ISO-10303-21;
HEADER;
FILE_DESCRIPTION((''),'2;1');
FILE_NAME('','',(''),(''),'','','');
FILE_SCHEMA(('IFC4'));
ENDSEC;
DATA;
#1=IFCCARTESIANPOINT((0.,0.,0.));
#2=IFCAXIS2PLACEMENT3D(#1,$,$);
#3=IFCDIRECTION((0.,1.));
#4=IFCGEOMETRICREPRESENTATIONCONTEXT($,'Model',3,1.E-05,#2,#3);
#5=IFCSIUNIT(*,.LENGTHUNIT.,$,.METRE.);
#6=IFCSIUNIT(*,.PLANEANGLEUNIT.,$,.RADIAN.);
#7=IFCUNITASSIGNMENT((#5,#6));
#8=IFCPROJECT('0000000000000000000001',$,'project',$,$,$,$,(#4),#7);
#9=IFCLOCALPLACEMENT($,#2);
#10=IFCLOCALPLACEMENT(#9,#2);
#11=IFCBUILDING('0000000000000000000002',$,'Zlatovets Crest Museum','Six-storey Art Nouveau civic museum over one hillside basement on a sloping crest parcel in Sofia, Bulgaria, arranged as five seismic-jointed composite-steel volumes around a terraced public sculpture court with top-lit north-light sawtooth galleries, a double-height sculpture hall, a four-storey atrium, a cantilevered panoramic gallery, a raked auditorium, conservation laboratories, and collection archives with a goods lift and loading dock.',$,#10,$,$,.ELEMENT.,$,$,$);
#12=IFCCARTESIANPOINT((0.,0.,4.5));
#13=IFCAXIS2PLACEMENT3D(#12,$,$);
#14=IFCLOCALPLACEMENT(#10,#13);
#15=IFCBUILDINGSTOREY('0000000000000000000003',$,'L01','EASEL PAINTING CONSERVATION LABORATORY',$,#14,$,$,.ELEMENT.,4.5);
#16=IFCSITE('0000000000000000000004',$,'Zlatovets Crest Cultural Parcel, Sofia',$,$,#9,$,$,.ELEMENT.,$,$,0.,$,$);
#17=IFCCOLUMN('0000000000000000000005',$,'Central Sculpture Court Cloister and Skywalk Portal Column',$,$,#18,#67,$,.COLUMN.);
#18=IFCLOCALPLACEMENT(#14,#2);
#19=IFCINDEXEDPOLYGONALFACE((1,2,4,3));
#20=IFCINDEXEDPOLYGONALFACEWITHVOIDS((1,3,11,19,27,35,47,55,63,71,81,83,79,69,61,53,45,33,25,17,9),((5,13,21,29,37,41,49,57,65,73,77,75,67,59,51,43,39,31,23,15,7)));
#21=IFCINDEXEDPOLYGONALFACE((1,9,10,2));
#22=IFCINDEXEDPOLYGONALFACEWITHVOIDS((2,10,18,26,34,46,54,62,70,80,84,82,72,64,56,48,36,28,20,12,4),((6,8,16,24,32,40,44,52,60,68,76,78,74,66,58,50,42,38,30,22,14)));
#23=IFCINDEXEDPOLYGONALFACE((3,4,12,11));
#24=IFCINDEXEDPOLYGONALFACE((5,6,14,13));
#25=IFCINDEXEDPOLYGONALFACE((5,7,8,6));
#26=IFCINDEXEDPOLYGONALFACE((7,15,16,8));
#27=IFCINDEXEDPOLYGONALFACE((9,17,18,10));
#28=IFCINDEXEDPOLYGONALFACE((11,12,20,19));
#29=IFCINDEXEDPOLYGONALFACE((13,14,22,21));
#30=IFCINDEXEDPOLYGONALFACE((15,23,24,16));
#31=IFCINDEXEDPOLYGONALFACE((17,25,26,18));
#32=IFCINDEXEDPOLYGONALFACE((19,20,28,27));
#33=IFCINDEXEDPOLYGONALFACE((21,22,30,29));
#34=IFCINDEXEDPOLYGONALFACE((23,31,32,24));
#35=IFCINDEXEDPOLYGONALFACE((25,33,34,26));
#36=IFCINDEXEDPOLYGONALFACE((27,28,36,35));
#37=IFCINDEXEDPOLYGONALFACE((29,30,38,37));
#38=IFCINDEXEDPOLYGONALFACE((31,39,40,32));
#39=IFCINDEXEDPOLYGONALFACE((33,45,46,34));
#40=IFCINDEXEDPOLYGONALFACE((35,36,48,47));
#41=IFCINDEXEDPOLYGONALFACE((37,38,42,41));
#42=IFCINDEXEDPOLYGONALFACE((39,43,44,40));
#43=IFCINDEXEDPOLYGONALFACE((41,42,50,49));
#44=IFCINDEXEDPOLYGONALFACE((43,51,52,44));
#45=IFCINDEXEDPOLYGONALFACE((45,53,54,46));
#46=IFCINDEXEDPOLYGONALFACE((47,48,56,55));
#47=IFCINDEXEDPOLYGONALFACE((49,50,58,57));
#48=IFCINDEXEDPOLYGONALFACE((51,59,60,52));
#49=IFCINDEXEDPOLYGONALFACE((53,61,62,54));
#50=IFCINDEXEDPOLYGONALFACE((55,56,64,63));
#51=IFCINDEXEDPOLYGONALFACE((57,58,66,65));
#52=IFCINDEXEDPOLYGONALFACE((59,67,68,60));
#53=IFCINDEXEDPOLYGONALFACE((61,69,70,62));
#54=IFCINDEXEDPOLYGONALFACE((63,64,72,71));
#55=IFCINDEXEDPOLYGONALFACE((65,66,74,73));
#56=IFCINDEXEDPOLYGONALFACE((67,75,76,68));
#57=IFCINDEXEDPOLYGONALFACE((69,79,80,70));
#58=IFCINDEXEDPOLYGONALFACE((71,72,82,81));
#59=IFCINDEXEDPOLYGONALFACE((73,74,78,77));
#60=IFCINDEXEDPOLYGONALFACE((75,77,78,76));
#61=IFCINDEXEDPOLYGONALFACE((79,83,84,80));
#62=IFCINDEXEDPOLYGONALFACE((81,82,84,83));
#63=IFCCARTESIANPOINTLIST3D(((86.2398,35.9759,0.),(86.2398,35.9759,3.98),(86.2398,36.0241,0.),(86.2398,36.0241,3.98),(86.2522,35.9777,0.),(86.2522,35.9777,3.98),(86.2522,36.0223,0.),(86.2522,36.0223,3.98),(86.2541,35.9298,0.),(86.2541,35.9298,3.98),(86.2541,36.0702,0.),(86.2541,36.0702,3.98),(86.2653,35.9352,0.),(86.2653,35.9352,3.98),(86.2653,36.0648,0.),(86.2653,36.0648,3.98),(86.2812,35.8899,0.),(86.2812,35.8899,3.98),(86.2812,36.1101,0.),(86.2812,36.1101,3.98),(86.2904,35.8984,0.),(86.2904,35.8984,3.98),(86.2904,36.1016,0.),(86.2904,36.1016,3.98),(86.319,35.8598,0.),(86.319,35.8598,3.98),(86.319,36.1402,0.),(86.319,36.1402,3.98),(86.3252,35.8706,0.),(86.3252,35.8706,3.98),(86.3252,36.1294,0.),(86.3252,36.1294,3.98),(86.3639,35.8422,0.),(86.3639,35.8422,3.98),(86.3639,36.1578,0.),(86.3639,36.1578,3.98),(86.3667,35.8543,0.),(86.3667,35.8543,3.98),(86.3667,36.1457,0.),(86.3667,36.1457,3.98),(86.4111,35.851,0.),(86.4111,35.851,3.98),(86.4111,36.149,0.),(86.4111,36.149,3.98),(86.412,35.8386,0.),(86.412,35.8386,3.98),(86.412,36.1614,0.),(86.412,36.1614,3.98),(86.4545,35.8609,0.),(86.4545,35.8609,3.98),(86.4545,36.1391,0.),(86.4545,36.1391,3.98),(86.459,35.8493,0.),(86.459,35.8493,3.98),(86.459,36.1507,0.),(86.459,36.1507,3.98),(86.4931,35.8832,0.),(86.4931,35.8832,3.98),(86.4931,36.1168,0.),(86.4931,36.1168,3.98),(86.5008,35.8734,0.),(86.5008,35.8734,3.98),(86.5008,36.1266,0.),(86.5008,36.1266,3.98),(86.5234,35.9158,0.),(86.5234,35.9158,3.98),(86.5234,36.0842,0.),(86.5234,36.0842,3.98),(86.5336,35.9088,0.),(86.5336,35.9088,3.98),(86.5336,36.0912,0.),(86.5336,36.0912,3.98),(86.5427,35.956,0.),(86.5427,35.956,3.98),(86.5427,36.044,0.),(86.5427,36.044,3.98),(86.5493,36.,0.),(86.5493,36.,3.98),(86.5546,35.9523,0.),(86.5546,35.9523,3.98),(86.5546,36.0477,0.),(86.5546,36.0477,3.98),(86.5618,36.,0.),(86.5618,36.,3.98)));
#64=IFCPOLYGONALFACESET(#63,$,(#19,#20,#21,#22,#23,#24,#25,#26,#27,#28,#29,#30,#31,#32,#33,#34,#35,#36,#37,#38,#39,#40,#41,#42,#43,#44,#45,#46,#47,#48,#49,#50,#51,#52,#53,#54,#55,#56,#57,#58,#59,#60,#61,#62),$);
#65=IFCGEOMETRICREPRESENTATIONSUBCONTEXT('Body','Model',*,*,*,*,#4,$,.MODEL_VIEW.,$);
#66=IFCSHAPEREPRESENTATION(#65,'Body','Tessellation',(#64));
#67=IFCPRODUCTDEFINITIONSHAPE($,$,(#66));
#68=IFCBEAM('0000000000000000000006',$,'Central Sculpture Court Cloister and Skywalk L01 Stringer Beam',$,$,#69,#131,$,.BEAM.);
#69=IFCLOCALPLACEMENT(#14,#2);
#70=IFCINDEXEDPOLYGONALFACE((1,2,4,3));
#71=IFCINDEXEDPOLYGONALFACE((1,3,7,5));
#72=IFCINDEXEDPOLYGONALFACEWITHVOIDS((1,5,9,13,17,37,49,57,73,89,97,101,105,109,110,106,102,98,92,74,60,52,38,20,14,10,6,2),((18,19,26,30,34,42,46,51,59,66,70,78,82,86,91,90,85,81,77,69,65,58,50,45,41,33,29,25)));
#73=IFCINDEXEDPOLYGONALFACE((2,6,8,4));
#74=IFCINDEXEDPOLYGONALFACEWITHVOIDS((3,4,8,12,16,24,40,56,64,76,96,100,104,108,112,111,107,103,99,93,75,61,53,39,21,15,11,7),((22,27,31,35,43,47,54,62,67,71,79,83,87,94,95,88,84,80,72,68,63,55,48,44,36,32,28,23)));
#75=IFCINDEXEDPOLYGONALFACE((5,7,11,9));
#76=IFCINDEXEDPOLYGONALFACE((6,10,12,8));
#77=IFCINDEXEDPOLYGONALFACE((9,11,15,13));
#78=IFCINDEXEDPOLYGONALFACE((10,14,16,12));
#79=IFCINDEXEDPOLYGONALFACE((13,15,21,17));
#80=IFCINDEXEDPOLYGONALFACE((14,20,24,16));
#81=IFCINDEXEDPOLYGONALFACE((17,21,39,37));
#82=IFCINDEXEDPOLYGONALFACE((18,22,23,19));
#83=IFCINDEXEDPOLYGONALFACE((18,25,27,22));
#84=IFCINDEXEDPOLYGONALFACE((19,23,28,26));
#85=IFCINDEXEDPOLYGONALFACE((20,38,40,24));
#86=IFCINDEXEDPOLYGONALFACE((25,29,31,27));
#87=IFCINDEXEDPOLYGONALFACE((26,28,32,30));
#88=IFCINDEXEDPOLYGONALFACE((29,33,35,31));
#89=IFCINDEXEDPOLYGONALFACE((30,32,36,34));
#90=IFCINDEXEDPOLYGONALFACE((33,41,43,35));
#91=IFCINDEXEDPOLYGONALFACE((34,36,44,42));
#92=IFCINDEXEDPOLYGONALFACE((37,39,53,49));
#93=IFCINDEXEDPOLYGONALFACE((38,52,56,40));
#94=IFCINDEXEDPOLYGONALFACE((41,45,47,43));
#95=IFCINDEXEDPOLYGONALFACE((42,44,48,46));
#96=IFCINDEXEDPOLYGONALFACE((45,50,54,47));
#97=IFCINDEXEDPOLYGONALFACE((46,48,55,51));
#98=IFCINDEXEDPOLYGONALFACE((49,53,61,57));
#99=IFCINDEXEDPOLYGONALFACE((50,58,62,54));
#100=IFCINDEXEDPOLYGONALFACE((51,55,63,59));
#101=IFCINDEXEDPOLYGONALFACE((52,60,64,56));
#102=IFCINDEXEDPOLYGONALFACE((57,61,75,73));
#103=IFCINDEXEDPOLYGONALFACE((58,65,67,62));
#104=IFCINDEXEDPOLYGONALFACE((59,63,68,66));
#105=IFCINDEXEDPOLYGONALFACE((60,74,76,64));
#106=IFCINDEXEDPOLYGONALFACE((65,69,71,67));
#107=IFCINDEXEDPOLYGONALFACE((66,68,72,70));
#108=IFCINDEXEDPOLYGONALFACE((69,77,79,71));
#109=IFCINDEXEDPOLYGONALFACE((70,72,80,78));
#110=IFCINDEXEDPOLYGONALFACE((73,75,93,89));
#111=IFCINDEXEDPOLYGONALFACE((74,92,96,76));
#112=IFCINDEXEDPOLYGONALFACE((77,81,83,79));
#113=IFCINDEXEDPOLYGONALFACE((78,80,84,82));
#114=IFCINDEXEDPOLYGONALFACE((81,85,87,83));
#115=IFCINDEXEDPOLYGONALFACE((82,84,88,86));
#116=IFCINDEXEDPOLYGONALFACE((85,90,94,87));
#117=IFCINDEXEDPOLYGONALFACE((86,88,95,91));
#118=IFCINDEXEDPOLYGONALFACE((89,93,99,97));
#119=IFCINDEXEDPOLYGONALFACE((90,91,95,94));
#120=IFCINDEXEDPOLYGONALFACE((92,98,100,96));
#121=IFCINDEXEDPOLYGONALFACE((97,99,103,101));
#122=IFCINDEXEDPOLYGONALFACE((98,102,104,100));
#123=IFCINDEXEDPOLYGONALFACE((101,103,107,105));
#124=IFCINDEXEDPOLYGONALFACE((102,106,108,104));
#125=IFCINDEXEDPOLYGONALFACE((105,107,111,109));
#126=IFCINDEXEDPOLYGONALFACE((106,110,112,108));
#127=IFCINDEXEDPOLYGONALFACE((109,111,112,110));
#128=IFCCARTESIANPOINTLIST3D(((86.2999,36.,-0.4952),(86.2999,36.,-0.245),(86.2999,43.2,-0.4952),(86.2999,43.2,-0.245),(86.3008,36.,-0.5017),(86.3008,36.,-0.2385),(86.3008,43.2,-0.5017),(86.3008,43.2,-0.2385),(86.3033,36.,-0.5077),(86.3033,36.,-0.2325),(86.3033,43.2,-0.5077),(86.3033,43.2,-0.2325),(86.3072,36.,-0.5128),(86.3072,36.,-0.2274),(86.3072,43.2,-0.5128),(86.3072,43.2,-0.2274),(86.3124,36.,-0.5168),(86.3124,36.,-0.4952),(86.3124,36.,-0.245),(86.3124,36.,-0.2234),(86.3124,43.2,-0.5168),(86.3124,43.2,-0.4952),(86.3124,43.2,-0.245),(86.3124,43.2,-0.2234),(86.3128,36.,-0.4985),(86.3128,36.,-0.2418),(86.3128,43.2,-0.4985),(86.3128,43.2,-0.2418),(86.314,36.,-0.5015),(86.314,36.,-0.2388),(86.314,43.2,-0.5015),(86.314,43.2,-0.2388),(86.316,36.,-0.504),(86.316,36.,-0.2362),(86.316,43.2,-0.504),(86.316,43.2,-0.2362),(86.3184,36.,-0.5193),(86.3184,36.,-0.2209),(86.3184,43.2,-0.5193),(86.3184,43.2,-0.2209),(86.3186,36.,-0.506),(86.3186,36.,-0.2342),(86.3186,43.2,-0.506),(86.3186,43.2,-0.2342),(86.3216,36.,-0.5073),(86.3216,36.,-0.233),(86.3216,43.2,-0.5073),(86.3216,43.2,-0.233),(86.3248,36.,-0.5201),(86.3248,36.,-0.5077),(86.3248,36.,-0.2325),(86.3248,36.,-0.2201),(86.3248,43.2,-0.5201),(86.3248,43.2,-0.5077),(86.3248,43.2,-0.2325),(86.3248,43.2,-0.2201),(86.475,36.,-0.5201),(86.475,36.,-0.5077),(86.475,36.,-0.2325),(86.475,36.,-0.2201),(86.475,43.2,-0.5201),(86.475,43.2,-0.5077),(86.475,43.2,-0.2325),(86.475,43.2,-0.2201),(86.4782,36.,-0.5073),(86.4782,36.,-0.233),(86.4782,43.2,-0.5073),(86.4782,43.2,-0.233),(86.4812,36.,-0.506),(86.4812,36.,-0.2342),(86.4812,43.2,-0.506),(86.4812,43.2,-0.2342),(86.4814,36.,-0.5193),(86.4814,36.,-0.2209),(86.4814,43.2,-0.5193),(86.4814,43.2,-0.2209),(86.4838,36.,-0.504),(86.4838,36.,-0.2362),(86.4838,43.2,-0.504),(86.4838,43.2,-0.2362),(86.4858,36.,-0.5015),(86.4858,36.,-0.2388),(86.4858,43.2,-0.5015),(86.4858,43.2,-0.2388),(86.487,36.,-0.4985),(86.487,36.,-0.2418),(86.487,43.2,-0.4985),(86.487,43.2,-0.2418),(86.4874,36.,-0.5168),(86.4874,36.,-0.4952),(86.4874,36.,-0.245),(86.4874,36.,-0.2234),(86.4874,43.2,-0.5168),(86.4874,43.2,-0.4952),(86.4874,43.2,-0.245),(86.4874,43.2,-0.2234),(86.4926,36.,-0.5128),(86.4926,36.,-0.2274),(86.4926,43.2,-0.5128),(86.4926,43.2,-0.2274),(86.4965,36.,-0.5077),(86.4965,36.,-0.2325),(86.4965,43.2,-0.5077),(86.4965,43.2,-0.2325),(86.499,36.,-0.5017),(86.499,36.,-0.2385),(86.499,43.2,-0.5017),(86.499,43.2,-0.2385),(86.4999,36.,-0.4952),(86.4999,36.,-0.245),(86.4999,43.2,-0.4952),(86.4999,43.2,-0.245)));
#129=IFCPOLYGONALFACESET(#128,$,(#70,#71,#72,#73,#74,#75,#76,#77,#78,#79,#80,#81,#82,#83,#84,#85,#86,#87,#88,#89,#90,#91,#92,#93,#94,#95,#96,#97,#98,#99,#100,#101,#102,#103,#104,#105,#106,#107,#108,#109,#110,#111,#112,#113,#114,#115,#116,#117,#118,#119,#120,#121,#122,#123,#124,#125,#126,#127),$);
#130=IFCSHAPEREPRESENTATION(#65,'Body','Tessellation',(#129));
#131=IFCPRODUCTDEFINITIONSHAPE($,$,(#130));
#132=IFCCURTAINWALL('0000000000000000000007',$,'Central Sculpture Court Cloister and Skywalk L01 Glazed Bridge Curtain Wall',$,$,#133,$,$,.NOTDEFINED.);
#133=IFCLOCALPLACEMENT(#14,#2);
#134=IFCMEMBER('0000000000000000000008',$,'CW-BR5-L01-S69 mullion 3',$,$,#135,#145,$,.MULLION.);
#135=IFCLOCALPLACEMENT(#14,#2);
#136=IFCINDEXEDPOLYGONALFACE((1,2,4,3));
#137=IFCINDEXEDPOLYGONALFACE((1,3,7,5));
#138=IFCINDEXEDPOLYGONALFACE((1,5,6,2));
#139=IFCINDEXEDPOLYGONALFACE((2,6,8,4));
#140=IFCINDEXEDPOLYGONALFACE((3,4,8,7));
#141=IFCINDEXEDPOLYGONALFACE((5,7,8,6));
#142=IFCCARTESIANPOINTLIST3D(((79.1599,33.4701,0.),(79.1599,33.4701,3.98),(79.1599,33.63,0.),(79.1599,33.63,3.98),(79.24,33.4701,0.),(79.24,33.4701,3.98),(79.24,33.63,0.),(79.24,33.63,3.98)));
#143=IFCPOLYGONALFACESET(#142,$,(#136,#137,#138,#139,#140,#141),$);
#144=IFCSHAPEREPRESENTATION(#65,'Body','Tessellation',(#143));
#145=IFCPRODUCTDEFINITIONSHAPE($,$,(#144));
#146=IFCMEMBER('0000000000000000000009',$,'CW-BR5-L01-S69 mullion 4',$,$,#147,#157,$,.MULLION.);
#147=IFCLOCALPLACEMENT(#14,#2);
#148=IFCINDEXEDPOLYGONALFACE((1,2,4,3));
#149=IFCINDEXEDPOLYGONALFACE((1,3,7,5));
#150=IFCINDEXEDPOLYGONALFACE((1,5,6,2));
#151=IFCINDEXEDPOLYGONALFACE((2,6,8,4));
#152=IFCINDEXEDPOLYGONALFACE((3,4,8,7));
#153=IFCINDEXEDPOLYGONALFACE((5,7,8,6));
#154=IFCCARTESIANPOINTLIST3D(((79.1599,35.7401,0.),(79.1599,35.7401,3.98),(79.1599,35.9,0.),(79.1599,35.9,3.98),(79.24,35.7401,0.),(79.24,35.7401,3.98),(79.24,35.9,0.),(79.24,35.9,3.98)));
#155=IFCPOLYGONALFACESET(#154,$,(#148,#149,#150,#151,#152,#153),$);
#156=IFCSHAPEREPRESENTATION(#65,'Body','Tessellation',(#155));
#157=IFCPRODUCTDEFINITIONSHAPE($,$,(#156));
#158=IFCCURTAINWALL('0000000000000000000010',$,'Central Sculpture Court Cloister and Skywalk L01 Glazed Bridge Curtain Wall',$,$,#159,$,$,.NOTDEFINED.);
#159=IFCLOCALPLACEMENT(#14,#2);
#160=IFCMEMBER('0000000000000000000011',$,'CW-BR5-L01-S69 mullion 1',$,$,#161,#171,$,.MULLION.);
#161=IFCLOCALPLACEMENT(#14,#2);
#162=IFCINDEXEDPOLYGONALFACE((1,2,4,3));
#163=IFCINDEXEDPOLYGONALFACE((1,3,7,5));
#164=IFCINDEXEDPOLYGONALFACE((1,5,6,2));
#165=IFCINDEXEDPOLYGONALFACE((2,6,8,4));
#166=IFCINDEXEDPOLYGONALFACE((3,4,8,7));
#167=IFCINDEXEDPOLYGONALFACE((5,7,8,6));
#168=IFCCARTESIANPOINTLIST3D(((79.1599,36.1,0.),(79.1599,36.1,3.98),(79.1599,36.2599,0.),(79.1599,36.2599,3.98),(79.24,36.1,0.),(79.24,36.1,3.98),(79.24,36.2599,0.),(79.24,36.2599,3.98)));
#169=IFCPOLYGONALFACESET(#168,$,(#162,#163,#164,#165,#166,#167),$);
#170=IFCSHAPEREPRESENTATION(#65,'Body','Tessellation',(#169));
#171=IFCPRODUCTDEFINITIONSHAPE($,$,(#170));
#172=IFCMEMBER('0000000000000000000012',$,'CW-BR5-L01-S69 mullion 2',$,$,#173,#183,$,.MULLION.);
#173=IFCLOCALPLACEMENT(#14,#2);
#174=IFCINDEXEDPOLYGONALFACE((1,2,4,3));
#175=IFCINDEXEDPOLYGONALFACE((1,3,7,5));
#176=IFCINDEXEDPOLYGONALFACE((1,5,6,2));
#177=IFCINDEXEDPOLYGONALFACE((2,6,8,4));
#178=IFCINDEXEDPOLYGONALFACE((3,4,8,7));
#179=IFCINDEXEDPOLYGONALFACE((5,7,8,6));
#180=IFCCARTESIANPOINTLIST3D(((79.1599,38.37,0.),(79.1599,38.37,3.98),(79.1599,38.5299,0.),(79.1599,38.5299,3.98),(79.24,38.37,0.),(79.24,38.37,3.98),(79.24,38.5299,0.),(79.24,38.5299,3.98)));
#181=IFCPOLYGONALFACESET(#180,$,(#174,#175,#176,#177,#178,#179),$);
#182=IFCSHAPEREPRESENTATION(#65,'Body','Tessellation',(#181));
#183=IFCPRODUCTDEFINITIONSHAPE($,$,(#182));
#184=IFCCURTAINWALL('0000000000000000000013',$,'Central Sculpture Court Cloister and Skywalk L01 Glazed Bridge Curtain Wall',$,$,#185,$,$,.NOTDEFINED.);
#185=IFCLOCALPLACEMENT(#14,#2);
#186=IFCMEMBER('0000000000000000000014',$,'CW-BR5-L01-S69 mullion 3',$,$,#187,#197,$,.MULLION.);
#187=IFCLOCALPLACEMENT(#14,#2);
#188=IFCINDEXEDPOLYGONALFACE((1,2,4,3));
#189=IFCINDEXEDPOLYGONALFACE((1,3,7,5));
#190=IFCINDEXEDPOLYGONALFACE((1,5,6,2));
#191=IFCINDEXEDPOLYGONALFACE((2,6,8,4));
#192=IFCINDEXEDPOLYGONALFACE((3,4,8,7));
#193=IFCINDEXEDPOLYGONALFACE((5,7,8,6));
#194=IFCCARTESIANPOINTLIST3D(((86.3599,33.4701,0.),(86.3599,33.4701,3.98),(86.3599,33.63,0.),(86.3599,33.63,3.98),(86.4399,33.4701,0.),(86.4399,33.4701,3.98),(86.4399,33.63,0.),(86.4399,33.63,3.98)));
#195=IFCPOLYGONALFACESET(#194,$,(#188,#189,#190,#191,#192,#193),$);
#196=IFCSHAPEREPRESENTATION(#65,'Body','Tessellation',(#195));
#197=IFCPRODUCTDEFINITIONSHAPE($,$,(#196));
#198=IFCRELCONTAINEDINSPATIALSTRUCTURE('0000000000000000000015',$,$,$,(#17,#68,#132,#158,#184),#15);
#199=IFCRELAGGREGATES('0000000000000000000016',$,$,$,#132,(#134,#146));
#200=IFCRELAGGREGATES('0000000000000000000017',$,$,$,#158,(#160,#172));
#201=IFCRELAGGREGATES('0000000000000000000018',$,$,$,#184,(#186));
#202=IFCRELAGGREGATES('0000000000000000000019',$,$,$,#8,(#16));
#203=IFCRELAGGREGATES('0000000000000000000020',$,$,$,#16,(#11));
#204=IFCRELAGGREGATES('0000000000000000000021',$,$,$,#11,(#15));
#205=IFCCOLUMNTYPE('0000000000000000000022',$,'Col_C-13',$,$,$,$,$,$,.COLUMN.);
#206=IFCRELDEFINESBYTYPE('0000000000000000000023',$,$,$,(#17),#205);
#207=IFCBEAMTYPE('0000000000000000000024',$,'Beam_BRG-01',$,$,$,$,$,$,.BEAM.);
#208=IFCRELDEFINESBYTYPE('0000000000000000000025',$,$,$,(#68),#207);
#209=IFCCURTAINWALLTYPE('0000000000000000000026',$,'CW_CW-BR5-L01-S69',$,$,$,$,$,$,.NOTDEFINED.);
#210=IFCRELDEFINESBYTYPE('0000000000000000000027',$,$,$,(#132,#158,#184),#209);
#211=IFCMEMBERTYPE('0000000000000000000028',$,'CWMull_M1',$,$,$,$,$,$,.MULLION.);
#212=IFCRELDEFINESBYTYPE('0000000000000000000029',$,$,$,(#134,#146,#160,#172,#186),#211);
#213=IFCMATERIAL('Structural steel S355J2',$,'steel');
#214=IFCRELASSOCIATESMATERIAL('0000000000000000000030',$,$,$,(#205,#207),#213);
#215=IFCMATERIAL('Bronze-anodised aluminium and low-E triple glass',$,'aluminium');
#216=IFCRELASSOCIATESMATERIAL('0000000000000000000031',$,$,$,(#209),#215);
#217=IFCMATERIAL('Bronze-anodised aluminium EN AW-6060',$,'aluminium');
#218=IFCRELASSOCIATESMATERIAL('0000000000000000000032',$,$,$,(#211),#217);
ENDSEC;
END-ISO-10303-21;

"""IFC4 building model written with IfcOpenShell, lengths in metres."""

from ifc_helpers import new_model, si_unit, direction, frame, origin, origin_2d, place, context, subcontext, project, spatial, rectangle, hollow_rectangle, hollow_circle, extrude, material, material_profile, profile_set, type_object, element, aggregate, save


model = new_model("IFC4")

# Units and contexts
model_context = context("Model", 3, precision=1e-05, world=origin(), true_north=direction((0.0, 1.0)))
body_context = subcontext(model_context, "Body", "Model", "MODEL_VIEW")
ifc_project = project(units=[si_unit("LENGTHUNIT", "METRE"), si_unit("PLANEANGLEUNIT", "RADIAN")], contexts=[model_context])

# Site, building, storey
site_placement = place(None, origin())
site = spatial("IfcSite", under=ifc_project, at=site_placement, Name="Zlatovets Crest Cultural Parcel, Sofia", CompositionType="ELEMENT", RefElevation=0.0)
building_placement = place(site_placement, origin())
building = spatial("IfcBuilding", under=site, at=building_placement, Name="Zlatovets Crest Museum", Description="Six-storey Art Nouveau civic museum over one hillside basement on a sloping crest parcel in Sofia, Bulgaria, arranged as five seismic-jointed composite-steel volumes around a terraced public sculpture court with top-lit north-light sawtooth galleries, a double-height sculpture hall, a four-storey atrium, a cantilevered panoramic gallery, a raked auditorium, conservation laboratories, and collection archives with a goods lift and loading dock.", CompositionType="ELEMENT")
storey_placement = place(building_placement, frame((0.0, 0.0, 4.5)))
storey = spatial("IfcBuildingStorey", under=building, at=storey_placement, Name="L01", Description="EASEL PAINTING CONSERVATION LABORATORY", CompositionType="ELEMENT", Elevation=4.5)

# Column
ifc_material_1 = material(Name="Structural steel S355J2", Category="steel")
ifc_material_profile_1 = material_profile(ifc_material_1, hollow_circle(Radius=0.1619, WallThickness=0.0125, at=origin_2d()), Name="CHS 323.9x12.5")
ifc_profile_set_1 = profile_set([ifc_material_profile_1], Name="Structural steel S355J2")
column_type = type_object("IfcColumnType", Name="Col_C-13", PredefinedType="COLUMN", material=ifc_profile_set_1)
column_placement = place(storey_placement, frame((86.3999, 36.0, 0.0), z_axis=(0.0, 0.0, 1.0), x_axis=(1.0, 0.0, 0.0)))
element("IfcColumn", 1, at=column_placement, inside=storey, type_object=column_type, Name="Central Sculpture Court Cloister and Skywalk Portal Column", PredefinedType="COLUMN", context=body_context, shape_type="SweptSolid", body=[
    extrude(hollow_circle(Radius=0.1619, WallThickness=0.0125, at=origin_2d()), origin(), (0.0, 0.0, 1.0), 3.98),
])

# Beam
ifc_material_profile_2 = material_profile(ifc_material_1, hollow_rectangle(XDim=0.2, YDim=0.3, WallThickness=0.0125, InnerFilletRadius=0.0125, OuterFilletRadius=0.0249, at=origin_2d()), Name="RHS 200x300x12.5")
ifc_profile_set_2 = profile_set([ifc_material_profile_2], Name="Structural steel S355J2")
beam_type = type_object("IfcBeamType", Name="Beam_BRG-01", PredefinedType="BEAM", material=ifc_profile_set_2)
beam_placement = place(storey_placement, frame((86.3999, 36.0, -0.3701), z_axis=(0.0, 1.0, 0.0), x_axis=(-1.0, 0.0, 0.0)))
element("IfcBeam", 2, at=beam_placement, inside=storey, type_object=beam_type, Name="Central Sculpture Court Cloister and Skywalk L01 Stringer Beam", PredefinedType="BEAM", context=body_context, shape_type="SweptSolid", body=[
    extrude(hollow_rectangle(XDim=0.2, YDim=0.3, WallThickness=0.0125, InnerFilletRadius=0.0125, OuterFilletRadius=0.0249, at=origin_2d()), origin(), (0.0, 0.0, 1.0), 7.2),
])

# Curtain walls, members
ifc_material_2 = material(Name="Bronze-anodised aluminium and low-E triple glass", Category="aluminium")
curtain_wall_type = type_object("IfcCurtainWallType", Name="CW_CW-BR5-L01-S69", PredefinedType="NOTDEFINED", material=ifc_material_2)
curtain_wall_1_placement = place(storey_placement, origin())
curtain_wall_1 = element("IfcCurtainWall", 3, at=curtain_wall_1_placement, inside=storey, type_object=curtain_wall_type, Name="Central Sculpture Court Cloister and Skywalk L01 Glazed Bridge Curtain Wall", PredefinedType="NOTDEFINED")
ifc_material_3 = material(Name="Bronze-anodised aluminium EN AW-6060", Category="aluminium")
ifc_material_profile_3 = material_profile(ifc_material_3, rectangle(XDim=0.0801, YDim=0.1599, at=origin_2d()), Name="ALU 80x160")
ifc_profile_set_3 = profile_set([ifc_material_profile_3], Name="Bronze-anodised aluminium EN AW-6060")
member_type_1 = type_object("IfcMemberType", Name="CWMull_M1", PredefinedType="MULLION", material=ifc_profile_set_3)
member_1_placement = place(storey_placement, frame((79.2, 33.55, 0.0), z_axis=(0.0, 0.0, 1.0), x_axis=(-1.0, 0.0, 0.0)))
member_1 = element("IfcMember", 4, at=member_1_placement, type_object=member_type_1, Name="CW-BR5-L01-S69 mullion 3", PredefinedType="MULLION", context=body_context, shape_type="SweptSolid", body=[
    extrude(rectangle(XDim=0.0801, YDim=0.1599, at=origin_2d()), origin(), (0.0, 0.0, 1.0), 3.98),
])
member_2_placement = place(storey_placement, frame((79.2, 35.8201, 0.0), z_axis=(0.0, 0.0, 1.0), x_axis=(-1.0, 0.0, 0.0)))
member_2 = element("IfcMember", 5, at=member_2_placement, type_object=member_type_1, Name="CW-BR5-L01-S69 mullion 4", PredefinedType="MULLION", context=body_context, shape_type="SweptSolid", body=[
    extrude(rectangle(XDim=0.0801, YDim=0.1599, at=origin_2d()), origin(), (0.0, 0.0, 1.0), 3.98),
])
curtain_wall_2_placement = place(storey_placement, origin())
curtain_wall_2 = element("IfcCurtainWall", 6, at=curtain_wall_2_placement, inside=storey, type_object=curtain_wall_type, Name="Central Sculpture Court Cloister and Skywalk L01 Glazed Bridge Curtain Wall", PredefinedType="NOTDEFINED")
member_3_placement = place(storey_placement, frame((79.2, 36.1799, 0.0), z_axis=(0.0, 0.0, 1.0), x_axis=(-1.0, 0.0, 0.0)))
member_3 = element("IfcMember", 7, at=member_3_placement, type_object=member_type_1, Name="CW-BR5-L01-S69 mullion 1", PredefinedType="MULLION", context=body_context, shape_type="SweptSolid", body=[
    extrude(rectangle(XDim=0.0801, YDim=0.1599, at=origin_2d()), origin(), (0.0, 0.0, 1.0), 3.98),
])
member_4_placement = place(storey_placement, frame((79.2, 38.45, 0.0), z_axis=(0.0, 0.0, 1.0), x_axis=(-1.0, 0.0, 0.0)))
member_4 = element("IfcMember", 8, at=member_4_placement, type_object=member_type_1, Name="CW-BR5-L01-S69 mullion 2", PredefinedType="MULLION", context=body_context, shape_type="SweptSolid", body=[
    extrude(rectangle(XDim=0.0801, YDim=0.1599, at=origin_2d()), origin(), (0.0, 0.0, 1.0), 3.98),
])
curtain_wall_3_placement = place(storey_placement, origin())
curtain_wall_3 = element("IfcCurtainWall", 9, at=curtain_wall_3_placement, inside=storey, type_object=curtain_wall_type, Name="Central Sculpture Court Cloister and Skywalk L01 Glazed Bridge Curtain Wall", PredefinedType="NOTDEFINED")
member_5_placement = place(storey_placement, frame((86.3999, 33.55, 0.0), z_axis=(0.0, 0.0, 1.0), x_axis=(-1.0, 0.0, 0.0)))
member_5 = element("IfcMember", 10, at=member_5_placement, type_object=member_type_1, Name="CW-BR5-L01-S69 mullion 3", PredefinedType="MULLION", context=body_context, shape_type="SweptSolid", body=[
    extrude(rectangle(XDim=0.0801, YDim=0.1599, at=origin_2d()), origin(), (0.0, 0.0, 1.0), 3.98),
])

aggregate(curtain_wall_1, [member_1, member_2])
aggregate(curtain_wall_2, [member_3, member_4])
aggregate(curtain_wall_3, [member_5])

save(model, "model.ifc")
